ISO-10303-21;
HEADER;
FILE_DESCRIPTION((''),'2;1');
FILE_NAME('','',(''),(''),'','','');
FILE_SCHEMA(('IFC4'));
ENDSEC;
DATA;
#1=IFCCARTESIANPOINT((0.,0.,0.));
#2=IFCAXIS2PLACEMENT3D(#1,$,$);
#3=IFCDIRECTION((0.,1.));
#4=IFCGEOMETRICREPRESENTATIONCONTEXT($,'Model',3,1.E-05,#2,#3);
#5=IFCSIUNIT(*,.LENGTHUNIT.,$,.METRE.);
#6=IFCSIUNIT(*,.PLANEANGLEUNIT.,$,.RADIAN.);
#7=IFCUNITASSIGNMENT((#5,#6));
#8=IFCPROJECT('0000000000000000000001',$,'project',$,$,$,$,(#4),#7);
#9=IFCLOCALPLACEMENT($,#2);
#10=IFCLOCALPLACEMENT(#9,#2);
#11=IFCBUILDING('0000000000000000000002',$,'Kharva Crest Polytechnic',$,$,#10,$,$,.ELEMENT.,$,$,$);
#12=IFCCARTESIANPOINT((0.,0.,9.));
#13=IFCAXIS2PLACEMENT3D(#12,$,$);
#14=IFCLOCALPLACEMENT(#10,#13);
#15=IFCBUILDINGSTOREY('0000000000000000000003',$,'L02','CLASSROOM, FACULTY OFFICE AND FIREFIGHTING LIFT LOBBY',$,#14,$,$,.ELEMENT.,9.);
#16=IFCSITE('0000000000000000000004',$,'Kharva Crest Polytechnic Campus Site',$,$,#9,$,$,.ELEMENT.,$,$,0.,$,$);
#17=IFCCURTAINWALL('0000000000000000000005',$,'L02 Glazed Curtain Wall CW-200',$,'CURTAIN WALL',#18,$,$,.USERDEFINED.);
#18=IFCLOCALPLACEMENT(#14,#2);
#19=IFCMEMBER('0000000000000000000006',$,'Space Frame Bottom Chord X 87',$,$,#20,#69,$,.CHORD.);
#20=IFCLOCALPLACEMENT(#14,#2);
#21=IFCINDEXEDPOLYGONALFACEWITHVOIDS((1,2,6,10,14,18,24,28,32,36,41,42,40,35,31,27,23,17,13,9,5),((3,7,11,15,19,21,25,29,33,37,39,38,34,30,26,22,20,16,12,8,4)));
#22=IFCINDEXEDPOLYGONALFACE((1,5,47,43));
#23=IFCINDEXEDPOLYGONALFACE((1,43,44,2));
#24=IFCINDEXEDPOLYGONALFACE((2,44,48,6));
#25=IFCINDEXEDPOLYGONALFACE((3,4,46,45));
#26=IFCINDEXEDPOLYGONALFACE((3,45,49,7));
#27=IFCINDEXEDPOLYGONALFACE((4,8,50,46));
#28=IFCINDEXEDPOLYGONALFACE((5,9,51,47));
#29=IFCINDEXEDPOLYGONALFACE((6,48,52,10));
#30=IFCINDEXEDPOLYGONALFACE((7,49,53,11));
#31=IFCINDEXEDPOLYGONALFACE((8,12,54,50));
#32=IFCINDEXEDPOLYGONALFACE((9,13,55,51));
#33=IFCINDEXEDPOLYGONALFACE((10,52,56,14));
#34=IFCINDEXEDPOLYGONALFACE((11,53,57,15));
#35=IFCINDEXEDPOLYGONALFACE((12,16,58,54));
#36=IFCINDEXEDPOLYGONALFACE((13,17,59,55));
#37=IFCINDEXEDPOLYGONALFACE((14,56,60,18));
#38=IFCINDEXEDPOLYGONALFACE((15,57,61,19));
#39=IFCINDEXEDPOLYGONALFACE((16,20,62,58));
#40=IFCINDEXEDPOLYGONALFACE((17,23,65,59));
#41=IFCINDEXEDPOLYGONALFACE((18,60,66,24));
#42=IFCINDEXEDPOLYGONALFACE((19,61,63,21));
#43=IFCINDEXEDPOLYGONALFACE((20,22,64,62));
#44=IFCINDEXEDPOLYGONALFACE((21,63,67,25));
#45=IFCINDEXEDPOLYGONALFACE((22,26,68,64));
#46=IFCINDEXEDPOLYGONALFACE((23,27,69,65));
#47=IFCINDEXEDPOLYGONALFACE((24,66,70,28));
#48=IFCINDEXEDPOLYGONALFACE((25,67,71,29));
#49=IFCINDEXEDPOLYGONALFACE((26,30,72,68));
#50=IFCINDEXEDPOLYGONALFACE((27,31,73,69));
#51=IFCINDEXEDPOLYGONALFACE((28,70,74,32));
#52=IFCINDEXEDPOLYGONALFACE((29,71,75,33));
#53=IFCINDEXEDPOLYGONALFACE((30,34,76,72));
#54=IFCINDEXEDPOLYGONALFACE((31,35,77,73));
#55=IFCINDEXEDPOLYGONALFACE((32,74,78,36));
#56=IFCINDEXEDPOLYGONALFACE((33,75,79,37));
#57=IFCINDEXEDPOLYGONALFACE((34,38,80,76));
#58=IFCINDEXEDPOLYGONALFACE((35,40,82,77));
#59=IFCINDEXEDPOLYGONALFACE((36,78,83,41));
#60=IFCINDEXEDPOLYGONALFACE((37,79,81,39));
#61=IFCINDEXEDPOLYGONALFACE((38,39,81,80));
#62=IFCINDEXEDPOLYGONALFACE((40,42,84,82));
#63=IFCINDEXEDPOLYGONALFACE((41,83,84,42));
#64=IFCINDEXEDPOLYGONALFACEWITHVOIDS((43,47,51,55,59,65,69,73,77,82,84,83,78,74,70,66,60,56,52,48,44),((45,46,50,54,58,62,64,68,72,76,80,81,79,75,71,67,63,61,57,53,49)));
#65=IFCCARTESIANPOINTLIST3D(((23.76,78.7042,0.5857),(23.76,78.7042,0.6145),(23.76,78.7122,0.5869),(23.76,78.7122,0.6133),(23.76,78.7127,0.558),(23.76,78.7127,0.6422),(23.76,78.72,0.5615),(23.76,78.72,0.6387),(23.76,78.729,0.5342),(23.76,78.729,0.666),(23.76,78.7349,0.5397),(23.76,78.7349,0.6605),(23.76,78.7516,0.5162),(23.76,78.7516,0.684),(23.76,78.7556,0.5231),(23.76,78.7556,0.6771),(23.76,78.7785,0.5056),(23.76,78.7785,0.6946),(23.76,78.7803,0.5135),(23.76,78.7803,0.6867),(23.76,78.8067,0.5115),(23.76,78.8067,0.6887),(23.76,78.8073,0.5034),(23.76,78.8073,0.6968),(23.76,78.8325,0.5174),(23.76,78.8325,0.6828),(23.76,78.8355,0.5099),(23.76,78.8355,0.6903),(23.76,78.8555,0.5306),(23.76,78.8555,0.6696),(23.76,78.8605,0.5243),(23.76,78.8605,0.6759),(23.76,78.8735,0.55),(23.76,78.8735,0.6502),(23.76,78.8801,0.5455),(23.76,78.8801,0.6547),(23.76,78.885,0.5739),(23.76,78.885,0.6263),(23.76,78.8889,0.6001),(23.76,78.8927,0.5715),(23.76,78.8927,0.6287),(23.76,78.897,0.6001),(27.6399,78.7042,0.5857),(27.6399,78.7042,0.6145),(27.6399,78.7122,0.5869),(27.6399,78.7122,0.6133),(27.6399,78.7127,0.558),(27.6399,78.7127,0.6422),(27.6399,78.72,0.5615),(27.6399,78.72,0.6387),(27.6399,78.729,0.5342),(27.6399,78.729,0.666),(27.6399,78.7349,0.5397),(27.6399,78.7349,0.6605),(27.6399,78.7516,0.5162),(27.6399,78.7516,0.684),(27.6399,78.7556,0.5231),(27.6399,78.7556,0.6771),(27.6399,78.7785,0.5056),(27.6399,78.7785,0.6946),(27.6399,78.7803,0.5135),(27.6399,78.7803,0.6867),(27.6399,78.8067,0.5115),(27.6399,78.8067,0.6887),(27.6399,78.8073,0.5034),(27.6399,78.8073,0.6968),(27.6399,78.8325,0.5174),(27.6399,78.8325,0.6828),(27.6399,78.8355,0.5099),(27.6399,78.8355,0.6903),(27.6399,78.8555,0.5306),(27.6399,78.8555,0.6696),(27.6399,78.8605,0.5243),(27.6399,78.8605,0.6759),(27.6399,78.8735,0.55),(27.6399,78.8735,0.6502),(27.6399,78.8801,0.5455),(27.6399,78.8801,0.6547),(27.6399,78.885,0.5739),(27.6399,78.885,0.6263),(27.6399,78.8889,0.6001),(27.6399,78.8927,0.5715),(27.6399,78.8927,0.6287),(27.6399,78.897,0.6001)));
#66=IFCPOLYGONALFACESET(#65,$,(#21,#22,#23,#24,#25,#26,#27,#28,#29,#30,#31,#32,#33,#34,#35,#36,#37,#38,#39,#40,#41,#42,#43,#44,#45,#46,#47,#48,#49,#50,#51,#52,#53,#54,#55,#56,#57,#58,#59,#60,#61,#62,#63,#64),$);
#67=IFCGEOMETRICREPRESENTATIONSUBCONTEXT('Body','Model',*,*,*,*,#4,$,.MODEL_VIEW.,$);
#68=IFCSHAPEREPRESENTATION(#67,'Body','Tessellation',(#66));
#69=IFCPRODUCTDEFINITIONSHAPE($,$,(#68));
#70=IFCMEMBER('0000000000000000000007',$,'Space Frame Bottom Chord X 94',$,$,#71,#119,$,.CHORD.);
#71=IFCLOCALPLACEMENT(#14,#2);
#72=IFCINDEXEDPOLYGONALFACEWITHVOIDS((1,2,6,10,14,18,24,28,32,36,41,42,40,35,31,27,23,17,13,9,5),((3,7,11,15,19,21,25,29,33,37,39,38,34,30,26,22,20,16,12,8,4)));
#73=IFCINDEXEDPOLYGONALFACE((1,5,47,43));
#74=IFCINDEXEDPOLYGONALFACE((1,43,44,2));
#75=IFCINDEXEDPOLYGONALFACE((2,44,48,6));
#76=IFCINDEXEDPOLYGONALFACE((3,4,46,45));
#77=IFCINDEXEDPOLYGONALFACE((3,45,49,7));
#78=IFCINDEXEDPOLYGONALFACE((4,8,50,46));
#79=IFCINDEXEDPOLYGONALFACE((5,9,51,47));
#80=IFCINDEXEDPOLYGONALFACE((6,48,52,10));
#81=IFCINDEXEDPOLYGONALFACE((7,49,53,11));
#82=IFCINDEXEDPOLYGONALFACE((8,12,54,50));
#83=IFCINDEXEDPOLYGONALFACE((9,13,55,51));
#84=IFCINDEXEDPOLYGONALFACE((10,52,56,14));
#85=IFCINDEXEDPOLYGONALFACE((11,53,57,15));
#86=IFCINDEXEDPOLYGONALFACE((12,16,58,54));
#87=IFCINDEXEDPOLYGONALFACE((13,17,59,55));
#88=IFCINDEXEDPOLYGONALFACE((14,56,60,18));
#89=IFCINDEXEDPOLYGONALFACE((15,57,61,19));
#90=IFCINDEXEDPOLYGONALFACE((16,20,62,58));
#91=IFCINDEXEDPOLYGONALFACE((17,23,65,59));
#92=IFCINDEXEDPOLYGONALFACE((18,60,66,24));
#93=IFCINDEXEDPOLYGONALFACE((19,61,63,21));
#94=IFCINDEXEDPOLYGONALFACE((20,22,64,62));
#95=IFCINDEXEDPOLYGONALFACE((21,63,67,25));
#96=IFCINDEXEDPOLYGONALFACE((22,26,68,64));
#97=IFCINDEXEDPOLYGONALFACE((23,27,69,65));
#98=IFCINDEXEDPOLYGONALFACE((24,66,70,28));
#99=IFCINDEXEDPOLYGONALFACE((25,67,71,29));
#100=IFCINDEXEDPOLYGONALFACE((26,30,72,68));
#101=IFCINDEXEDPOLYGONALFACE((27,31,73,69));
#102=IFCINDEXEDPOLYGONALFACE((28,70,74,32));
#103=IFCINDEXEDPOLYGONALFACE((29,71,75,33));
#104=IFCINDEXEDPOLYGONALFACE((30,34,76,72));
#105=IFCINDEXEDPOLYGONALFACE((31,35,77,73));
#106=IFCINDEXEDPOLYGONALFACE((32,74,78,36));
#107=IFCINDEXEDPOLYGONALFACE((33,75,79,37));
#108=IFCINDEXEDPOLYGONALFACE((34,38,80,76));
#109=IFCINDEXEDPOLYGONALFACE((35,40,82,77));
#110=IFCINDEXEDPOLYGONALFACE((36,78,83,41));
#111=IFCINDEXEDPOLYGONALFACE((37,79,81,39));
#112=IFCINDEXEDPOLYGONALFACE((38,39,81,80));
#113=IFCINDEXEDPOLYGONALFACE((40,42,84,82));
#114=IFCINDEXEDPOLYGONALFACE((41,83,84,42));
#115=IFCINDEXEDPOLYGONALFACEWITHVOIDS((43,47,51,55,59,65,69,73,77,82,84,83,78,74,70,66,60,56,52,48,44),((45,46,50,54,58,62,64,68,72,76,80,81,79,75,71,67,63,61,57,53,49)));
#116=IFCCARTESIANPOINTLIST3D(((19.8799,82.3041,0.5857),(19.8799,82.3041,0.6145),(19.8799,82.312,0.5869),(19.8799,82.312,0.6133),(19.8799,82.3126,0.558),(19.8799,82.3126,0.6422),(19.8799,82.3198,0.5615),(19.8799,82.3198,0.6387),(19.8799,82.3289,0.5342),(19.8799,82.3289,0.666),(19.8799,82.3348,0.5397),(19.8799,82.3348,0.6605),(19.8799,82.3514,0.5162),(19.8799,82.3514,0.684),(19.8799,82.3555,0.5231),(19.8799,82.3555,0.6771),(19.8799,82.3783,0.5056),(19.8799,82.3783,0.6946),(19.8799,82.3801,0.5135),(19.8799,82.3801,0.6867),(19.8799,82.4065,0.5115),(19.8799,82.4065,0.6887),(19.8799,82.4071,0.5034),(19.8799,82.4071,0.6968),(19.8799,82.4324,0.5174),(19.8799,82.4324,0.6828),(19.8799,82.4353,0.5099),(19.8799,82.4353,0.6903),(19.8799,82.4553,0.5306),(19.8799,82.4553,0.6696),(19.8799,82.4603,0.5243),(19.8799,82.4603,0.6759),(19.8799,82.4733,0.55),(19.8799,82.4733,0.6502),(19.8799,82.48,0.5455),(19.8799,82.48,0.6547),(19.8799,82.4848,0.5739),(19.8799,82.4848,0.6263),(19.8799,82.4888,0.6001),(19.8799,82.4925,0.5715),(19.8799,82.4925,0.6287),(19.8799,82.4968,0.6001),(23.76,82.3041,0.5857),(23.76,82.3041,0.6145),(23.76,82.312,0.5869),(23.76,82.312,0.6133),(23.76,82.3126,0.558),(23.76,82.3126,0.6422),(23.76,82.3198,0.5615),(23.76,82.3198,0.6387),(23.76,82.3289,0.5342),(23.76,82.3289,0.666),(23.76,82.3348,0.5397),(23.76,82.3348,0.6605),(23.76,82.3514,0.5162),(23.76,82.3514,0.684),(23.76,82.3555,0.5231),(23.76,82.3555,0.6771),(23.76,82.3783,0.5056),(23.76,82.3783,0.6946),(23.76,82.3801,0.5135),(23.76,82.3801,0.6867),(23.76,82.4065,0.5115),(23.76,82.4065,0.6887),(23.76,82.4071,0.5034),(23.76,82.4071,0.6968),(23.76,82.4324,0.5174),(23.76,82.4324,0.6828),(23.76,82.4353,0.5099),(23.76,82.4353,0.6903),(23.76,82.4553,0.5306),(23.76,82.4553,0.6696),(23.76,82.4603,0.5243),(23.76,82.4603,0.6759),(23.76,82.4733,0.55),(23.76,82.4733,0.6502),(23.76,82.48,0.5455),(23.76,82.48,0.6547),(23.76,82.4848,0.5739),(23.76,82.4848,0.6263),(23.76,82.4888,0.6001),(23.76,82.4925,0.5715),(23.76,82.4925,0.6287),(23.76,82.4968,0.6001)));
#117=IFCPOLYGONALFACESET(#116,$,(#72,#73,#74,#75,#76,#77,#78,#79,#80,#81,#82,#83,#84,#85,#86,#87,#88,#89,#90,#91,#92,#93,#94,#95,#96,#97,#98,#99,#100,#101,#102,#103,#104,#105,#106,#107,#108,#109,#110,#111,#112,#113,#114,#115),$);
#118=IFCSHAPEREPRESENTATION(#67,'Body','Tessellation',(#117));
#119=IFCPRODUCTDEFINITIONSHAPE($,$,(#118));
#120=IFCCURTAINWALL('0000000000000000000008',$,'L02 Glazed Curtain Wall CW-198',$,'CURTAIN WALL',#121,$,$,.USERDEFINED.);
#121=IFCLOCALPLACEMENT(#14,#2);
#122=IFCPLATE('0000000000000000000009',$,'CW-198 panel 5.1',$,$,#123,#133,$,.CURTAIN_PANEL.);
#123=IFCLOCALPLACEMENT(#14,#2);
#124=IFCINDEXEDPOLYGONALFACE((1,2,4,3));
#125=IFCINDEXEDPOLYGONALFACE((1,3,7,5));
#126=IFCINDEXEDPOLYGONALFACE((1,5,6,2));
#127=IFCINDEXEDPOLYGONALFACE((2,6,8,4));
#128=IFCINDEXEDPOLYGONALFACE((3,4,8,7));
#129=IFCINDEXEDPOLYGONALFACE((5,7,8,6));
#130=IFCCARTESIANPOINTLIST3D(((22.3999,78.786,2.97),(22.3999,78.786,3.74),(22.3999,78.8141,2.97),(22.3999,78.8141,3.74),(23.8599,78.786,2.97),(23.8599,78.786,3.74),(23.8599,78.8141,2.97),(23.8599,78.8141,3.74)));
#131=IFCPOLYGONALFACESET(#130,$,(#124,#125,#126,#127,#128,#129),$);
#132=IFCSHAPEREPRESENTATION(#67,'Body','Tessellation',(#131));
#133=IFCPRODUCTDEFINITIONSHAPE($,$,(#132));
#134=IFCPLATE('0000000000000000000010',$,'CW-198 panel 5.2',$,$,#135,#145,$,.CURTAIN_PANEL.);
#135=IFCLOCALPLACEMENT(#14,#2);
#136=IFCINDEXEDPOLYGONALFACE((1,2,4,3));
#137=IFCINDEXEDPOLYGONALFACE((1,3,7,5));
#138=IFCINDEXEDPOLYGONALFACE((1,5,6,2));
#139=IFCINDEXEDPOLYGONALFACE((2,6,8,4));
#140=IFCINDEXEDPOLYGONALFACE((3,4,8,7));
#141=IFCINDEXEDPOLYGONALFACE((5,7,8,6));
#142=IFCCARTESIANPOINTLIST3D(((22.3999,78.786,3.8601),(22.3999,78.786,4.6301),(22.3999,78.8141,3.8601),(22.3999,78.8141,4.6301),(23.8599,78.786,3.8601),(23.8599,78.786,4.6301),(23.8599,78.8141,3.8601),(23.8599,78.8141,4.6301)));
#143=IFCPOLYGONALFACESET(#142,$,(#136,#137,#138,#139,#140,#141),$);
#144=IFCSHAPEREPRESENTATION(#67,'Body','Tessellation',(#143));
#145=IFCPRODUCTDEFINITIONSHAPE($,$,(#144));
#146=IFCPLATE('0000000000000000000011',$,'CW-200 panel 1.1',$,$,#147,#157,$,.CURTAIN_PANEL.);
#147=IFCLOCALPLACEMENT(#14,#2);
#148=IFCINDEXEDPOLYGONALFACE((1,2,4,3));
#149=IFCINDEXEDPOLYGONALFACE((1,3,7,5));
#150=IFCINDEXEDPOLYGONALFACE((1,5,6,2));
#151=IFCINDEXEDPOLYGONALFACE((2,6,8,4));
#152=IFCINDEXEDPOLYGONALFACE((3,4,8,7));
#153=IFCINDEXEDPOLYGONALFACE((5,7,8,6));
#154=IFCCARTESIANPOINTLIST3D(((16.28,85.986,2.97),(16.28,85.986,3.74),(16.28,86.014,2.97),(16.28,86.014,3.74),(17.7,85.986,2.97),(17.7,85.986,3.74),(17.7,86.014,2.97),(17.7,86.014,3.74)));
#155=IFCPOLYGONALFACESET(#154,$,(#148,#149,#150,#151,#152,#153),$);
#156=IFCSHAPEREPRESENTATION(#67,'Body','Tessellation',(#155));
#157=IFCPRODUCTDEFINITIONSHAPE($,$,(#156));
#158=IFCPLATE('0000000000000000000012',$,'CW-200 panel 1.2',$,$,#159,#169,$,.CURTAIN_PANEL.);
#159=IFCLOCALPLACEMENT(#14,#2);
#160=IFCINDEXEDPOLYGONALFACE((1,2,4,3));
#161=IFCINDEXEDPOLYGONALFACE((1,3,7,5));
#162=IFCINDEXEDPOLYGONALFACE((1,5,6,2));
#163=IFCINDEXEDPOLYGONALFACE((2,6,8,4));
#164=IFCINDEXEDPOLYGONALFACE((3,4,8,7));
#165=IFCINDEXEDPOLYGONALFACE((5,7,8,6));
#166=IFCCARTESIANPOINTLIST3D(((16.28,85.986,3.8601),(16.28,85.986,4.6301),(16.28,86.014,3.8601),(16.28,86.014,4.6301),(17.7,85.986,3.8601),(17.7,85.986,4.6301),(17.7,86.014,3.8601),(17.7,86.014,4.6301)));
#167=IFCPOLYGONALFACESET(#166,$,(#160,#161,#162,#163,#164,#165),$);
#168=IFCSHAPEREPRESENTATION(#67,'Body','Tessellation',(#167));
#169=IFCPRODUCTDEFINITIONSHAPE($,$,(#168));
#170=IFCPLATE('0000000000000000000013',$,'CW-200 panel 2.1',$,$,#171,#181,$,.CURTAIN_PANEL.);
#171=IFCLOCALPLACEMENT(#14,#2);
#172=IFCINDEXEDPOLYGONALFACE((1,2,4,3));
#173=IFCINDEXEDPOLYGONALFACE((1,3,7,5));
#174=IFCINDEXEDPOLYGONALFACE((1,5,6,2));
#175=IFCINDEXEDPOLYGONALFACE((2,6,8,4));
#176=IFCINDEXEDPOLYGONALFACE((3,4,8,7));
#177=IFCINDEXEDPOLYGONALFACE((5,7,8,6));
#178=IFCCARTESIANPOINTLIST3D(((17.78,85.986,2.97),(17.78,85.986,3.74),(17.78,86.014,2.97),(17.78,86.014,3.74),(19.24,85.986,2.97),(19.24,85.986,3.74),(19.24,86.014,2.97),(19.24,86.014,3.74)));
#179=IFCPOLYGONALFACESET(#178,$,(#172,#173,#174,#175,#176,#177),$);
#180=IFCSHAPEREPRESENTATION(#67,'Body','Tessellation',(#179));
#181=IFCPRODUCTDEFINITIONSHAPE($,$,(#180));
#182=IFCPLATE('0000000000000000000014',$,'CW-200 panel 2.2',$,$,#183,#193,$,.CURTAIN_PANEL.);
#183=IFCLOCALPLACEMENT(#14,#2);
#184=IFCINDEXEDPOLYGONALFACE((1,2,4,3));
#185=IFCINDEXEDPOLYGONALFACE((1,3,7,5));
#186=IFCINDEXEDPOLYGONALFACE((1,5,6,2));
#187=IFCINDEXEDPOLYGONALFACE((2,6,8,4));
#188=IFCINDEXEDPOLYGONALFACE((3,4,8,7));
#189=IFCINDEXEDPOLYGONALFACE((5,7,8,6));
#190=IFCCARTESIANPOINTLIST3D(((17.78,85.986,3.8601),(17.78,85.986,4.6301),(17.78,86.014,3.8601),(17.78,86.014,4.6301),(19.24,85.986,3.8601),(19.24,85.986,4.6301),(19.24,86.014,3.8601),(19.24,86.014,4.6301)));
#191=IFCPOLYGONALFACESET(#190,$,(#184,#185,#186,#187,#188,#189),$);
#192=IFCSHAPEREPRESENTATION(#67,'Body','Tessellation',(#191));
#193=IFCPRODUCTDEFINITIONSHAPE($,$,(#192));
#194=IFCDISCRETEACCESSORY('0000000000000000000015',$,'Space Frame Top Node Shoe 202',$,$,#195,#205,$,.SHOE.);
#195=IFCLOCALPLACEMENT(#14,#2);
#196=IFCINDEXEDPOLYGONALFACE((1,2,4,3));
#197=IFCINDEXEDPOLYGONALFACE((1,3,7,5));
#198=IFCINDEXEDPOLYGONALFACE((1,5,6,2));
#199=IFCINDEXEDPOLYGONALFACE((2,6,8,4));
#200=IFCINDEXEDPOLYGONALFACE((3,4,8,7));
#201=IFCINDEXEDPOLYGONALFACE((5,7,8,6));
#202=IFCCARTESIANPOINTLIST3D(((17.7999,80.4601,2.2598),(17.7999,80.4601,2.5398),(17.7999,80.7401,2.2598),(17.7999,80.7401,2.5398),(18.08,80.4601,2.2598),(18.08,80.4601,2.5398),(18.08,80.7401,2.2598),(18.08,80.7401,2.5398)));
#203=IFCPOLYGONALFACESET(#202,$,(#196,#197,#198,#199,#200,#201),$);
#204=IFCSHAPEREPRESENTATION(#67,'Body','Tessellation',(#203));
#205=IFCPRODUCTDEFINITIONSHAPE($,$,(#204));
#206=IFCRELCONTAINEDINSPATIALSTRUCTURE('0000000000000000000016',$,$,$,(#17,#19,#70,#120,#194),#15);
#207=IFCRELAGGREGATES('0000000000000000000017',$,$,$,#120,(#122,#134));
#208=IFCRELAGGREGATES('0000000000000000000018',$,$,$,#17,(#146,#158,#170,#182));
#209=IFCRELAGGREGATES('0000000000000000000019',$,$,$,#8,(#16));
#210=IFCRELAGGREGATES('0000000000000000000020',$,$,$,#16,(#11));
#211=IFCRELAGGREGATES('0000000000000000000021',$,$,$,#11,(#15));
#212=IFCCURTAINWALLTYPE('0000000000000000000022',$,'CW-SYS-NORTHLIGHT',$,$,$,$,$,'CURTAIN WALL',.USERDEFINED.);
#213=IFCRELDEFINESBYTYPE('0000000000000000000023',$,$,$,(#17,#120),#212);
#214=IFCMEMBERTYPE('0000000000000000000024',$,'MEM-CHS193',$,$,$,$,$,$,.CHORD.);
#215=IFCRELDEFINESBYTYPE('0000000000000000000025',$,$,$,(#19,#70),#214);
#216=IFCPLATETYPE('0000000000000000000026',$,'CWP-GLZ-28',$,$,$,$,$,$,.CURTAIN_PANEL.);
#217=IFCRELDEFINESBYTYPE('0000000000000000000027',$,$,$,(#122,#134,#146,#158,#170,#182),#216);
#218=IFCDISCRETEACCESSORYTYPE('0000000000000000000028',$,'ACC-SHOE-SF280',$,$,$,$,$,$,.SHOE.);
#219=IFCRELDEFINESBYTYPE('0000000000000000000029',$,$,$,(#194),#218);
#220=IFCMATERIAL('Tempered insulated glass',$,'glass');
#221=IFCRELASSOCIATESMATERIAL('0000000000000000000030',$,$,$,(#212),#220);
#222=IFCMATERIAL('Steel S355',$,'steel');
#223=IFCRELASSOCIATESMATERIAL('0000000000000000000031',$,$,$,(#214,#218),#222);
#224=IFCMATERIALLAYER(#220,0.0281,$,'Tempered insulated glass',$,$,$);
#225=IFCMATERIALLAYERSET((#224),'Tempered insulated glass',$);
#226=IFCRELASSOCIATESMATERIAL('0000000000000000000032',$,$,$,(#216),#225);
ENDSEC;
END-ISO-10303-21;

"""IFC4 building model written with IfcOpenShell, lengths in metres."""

from ifc_helpers import new_model, si_unit, direction, frame, origin, origin_2d, place, context, subcontext, project, spatial, rectangle, hollow_circle, extrude, material, layer, layer_set, material_profile, profile_set, type_object, element, aggregate, save


model = new_model("IFC4")

# Units and contexts
model_context = context("Model", 3, precision=1e-05, world=origin(), true_north=direction((0.0, 1.0)))
body_context = subcontext(model_context, "Body", "Model", "MODEL_VIEW")
ifc_project = project(units=[si_unit("LENGTHUNIT", "METRE"), si_unit("PLANEANGLEUNIT", "RADIAN")], contexts=[model_context])

# Site, building, storey
site_placement = place(None, origin())
site = spatial("IfcSite", under=ifc_project, at=site_placement, Name="Kharva Crest Polytechnic Campus Site", CompositionType="ELEMENT", RefElevation=0.0)
building_placement = place(site_placement, origin())
building = spatial("IfcBuilding", under=site, at=building_placement, Name="Kharva Crest Polytechnic", CompositionType="ELEMENT")
storey_placement = place(building_placement, frame((0.0, 0.0, 9.0)))
storey = spatial("IfcBuildingStorey", under=building, at=storey_placement, Name="L02", Description="CLASSROOM, FACULTY OFFICE AND FIREFIGHTING LIFT LOBBY", CompositionType="ELEMENT", Elevation=9.0)

# Curtain wall
ifc_material_1 = material(Name="Tempered insulated glass", Category="glass")
curtain_wall_type = type_object("IfcCurtainWallType", Name="CW-SYS-NORTHLIGHT", ElementType="CURTAIN WALL", PredefinedType="USERDEFINED", material=ifc_material_1)
curtain_wall_1_placement = place(storey_placement, origin())
curtain_wall_1 = element("IfcCurtainWall", 1, at=curtain_wall_1_placement, inside=storey, type_object=curtain_wall_type, Name="L02 Glazed Curtain Wall CW-200", ObjectType="CURTAIN WALL", PredefinedType="USERDEFINED")
ifc_material_2 = material(Name="Steel S355", Category="steel")

# Members
ifc_material_profile_1 = material_profile(ifc_material_2, hollow_circle(Radius=0.0969, WallThickness=0.0081, at=origin_2d()), Name="CHS 193.7X8.0")
ifc_profile_set_1 = profile_set([ifc_material_profile_1], Name="Steel S355")
member_type_1 = type_object("IfcMemberType", Name="MEM-CHS193", PredefinedType="CHORD", material=ifc_profile_set_1)
member_1_placement = place(storey_placement, frame((23.76, 78.8, 0.6001), z_axis=(1.0, 0.0, 0.0), x_axis=(0.0, 1.0, 0.0)))
element("IfcMember", 2, at=member_1_placement, inside=storey, type_object=member_type_1, Name="Space Frame Bottom Chord X 87", PredefinedType="CHORD", context=body_context, shape_type="SweptSolid", body=[
    extrude(hollow_circle(Radius=0.0969, WallThickness=0.0081, at=origin_2d()), origin(), (0.0, 0.0, 1.0), 3.8799),
])
member_2_placement = place(storey_placement, frame((19.8799, 82.3999, 0.6001), z_axis=(1.0, 0.0, 0.0), x_axis=(0.0, 1.0, 0.0)))
element("IfcMember", 3, at=member_2_placement, inside=storey, type_object=member_type_1, Name="Space Frame Bottom Chord X 94", PredefinedType="CHORD", context=body_context, shape_type="SweptSolid", body=[
    extrude(hollow_circle(Radius=0.0969, WallThickness=0.0081, at=origin_2d()), origin(), (0.0, 0.0, 1.0), 3.8801),
])

# Curtain wall, plates
curtain_wall_2_placement = place(storey_placement, origin())
curtain_wall_2 = element("IfcCurtainWall", 4, at=curtain_wall_2_placement, inside=storey, type_object=curtain_wall_type, Name="L02 Glazed Curtain Wall CW-198", ObjectType="CURTAIN WALL", PredefinedType="USERDEFINED")
ifc_layer = layer(ifc_material_1, 0.0281, Name="Tempered insulated glass")
ifc_layer_set = layer_set([ifc_layer], Name="Tempered insulated glass")
plate_type = type_object("IfcPlateType", Name="CWP-GLZ-28", PredefinedType="CURTAIN_PANEL", material=ifc_layer_set)
plate_1_placement = place(storey_placement, frame((23.1299, 78.8, 2.97), z_axis=(0.0, 0.0, 1.0), x_axis=(1.0, 0.0, 0.0)))
plate_1 = element("IfcPlate", 5, at=plate_1_placement, type_object=plate_type, Name="CW-198 panel 5.1", PredefinedType="CURTAIN_PANEL", context=body_context, shape_type="SweptSolid", body=[
    extrude(rectangle(XDim=1.46, YDim=0.0281, at=origin_2d()), origin(), (0.0, 0.0, 1.0), 0.77),
])
plate_2_placement = place(storey_placement, frame((23.1299, 78.8, 3.8601), z_axis=(0.0, 0.0, 1.0), x_axis=(1.0, 0.0, 0.0)))
plate_2 = element("IfcPlate", 6, at=plate_2_placement, type_object=plate_type, Name="CW-198 panel 5.2", PredefinedType="CURTAIN_PANEL", context=body_context, shape_type="SweptSolid", body=[
    extrude(rectangle(XDim=1.46, YDim=0.0281, at=origin_2d()), origin(), (0.0, 0.0, 1.0), 0.77),
])
aggregate(curtain_wall_2, [plate_1, plate_2])

# Plates
plate_3_placement = place(storey_placement, frame((16.99, 86.0, 2.97), z_axis=(0.0, 0.0, 1.0), x_axis=(1.0, 0.0, 0.0)))
plate_3 = element("IfcPlate", 7, at=plate_3_placement, type_object=plate_type, Name="CW-200 panel 1.1", PredefinedType="CURTAIN_PANEL", context=body_context, shape_type="SweptSolid", body=[
    extrude(rectangle(XDim=1.4199, YDim=0.0281, at=origin_2d()), origin(), (0.0, 0.0, 1.0), 0.77),
])
plate_4_placement = place(storey_placement, frame((16.99, 86.0, 3.8601), z_axis=(0.0, 0.0, 1.0), x_axis=(1.0, 0.0, 0.0)))
plate_4 = element("IfcPlate", 8, at=plate_4_placement, type_object=plate_type, Name="CW-200 panel 1.2", PredefinedType="CURTAIN_PANEL", context=body_context, shape_type="SweptSolid", body=[
    extrude(rectangle(XDim=1.4199, YDim=0.0281, at=origin_2d()), origin(), (0.0, 0.0, 1.0), 0.77),
])
plate_5_placement = place(storey_placement, frame((18.51, 86.0, 2.97), z_axis=(0.0, 0.0, 1.0), x_axis=(1.0, 0.0, 0.0)))
plate_5 = element("IfcPlate", 9, at=plate_5_placement, type_object=plate_type, Name="CW-200 panel 2.1", PredefinedType="CURTAIN_PANEL", context=body_context, shape_type="SweptSolid", body=[
    extrude(rectangle(XDim=1.46, YDim=0.0281, at=origin_2d()), origin(), (0.0, 0.0, 1.0), 0.77),
])
plate_6_placement = place(storey_placement, frame((18.51, 86.0, 3.8601), z_axis=(0.0, 0.0, 1.0), x_axis=(1.0, 0.0, 0.0)))
plate_6 = element("IfcPlate", 10, at=plate_6_placement, type_object=plate_type, Name="CW-200 panel 2.2", PredefinedType="CURTAIN_PANEL", context=body_context, shape_type="SweptSolid", body=[
    extrude(rectangle(XDim=1.46, YDim=0.0281, at=origin_2d()), origin(), (0.0, 0.0, 1.0), 0.77),
])
aggregate(curtain_wall_1, [plate_3, plate_4, plate_5, plate_6])

# Discrete accessory
discrete_accessory_type_1 = type_object("IfcDiscreteAccessoryType", Name="ACC-SHOE-SF280", PredefinedType="SHOE", material=ifc_material_2)
for number, where, z_axis, x_axis, name in (
    (11, (17.9399, 80.6001, 2.2598), (0.0, 0.0, 1.0), (1.0, 0.0, 0.0), "Space Frame Top Node Shoe 202"),
):
    element("IfcDiscreteAccessory", number, at=place(storey_placement, frame(where, z_axis=z_axis, x_axis=x_axis)), inside=storey, type_object=discrete_accessory_type_1, Name=name, PredefinedType="SHOE", context=body_context, shape_type="SweptSolid", body=[
        extrude(rectangle(XDim=0.28, YDim=0.28, at=origin_2d()), origin(), (0.0, 0.0, 1.0), 0.28),
    ])

save(model, "model.ifc")
